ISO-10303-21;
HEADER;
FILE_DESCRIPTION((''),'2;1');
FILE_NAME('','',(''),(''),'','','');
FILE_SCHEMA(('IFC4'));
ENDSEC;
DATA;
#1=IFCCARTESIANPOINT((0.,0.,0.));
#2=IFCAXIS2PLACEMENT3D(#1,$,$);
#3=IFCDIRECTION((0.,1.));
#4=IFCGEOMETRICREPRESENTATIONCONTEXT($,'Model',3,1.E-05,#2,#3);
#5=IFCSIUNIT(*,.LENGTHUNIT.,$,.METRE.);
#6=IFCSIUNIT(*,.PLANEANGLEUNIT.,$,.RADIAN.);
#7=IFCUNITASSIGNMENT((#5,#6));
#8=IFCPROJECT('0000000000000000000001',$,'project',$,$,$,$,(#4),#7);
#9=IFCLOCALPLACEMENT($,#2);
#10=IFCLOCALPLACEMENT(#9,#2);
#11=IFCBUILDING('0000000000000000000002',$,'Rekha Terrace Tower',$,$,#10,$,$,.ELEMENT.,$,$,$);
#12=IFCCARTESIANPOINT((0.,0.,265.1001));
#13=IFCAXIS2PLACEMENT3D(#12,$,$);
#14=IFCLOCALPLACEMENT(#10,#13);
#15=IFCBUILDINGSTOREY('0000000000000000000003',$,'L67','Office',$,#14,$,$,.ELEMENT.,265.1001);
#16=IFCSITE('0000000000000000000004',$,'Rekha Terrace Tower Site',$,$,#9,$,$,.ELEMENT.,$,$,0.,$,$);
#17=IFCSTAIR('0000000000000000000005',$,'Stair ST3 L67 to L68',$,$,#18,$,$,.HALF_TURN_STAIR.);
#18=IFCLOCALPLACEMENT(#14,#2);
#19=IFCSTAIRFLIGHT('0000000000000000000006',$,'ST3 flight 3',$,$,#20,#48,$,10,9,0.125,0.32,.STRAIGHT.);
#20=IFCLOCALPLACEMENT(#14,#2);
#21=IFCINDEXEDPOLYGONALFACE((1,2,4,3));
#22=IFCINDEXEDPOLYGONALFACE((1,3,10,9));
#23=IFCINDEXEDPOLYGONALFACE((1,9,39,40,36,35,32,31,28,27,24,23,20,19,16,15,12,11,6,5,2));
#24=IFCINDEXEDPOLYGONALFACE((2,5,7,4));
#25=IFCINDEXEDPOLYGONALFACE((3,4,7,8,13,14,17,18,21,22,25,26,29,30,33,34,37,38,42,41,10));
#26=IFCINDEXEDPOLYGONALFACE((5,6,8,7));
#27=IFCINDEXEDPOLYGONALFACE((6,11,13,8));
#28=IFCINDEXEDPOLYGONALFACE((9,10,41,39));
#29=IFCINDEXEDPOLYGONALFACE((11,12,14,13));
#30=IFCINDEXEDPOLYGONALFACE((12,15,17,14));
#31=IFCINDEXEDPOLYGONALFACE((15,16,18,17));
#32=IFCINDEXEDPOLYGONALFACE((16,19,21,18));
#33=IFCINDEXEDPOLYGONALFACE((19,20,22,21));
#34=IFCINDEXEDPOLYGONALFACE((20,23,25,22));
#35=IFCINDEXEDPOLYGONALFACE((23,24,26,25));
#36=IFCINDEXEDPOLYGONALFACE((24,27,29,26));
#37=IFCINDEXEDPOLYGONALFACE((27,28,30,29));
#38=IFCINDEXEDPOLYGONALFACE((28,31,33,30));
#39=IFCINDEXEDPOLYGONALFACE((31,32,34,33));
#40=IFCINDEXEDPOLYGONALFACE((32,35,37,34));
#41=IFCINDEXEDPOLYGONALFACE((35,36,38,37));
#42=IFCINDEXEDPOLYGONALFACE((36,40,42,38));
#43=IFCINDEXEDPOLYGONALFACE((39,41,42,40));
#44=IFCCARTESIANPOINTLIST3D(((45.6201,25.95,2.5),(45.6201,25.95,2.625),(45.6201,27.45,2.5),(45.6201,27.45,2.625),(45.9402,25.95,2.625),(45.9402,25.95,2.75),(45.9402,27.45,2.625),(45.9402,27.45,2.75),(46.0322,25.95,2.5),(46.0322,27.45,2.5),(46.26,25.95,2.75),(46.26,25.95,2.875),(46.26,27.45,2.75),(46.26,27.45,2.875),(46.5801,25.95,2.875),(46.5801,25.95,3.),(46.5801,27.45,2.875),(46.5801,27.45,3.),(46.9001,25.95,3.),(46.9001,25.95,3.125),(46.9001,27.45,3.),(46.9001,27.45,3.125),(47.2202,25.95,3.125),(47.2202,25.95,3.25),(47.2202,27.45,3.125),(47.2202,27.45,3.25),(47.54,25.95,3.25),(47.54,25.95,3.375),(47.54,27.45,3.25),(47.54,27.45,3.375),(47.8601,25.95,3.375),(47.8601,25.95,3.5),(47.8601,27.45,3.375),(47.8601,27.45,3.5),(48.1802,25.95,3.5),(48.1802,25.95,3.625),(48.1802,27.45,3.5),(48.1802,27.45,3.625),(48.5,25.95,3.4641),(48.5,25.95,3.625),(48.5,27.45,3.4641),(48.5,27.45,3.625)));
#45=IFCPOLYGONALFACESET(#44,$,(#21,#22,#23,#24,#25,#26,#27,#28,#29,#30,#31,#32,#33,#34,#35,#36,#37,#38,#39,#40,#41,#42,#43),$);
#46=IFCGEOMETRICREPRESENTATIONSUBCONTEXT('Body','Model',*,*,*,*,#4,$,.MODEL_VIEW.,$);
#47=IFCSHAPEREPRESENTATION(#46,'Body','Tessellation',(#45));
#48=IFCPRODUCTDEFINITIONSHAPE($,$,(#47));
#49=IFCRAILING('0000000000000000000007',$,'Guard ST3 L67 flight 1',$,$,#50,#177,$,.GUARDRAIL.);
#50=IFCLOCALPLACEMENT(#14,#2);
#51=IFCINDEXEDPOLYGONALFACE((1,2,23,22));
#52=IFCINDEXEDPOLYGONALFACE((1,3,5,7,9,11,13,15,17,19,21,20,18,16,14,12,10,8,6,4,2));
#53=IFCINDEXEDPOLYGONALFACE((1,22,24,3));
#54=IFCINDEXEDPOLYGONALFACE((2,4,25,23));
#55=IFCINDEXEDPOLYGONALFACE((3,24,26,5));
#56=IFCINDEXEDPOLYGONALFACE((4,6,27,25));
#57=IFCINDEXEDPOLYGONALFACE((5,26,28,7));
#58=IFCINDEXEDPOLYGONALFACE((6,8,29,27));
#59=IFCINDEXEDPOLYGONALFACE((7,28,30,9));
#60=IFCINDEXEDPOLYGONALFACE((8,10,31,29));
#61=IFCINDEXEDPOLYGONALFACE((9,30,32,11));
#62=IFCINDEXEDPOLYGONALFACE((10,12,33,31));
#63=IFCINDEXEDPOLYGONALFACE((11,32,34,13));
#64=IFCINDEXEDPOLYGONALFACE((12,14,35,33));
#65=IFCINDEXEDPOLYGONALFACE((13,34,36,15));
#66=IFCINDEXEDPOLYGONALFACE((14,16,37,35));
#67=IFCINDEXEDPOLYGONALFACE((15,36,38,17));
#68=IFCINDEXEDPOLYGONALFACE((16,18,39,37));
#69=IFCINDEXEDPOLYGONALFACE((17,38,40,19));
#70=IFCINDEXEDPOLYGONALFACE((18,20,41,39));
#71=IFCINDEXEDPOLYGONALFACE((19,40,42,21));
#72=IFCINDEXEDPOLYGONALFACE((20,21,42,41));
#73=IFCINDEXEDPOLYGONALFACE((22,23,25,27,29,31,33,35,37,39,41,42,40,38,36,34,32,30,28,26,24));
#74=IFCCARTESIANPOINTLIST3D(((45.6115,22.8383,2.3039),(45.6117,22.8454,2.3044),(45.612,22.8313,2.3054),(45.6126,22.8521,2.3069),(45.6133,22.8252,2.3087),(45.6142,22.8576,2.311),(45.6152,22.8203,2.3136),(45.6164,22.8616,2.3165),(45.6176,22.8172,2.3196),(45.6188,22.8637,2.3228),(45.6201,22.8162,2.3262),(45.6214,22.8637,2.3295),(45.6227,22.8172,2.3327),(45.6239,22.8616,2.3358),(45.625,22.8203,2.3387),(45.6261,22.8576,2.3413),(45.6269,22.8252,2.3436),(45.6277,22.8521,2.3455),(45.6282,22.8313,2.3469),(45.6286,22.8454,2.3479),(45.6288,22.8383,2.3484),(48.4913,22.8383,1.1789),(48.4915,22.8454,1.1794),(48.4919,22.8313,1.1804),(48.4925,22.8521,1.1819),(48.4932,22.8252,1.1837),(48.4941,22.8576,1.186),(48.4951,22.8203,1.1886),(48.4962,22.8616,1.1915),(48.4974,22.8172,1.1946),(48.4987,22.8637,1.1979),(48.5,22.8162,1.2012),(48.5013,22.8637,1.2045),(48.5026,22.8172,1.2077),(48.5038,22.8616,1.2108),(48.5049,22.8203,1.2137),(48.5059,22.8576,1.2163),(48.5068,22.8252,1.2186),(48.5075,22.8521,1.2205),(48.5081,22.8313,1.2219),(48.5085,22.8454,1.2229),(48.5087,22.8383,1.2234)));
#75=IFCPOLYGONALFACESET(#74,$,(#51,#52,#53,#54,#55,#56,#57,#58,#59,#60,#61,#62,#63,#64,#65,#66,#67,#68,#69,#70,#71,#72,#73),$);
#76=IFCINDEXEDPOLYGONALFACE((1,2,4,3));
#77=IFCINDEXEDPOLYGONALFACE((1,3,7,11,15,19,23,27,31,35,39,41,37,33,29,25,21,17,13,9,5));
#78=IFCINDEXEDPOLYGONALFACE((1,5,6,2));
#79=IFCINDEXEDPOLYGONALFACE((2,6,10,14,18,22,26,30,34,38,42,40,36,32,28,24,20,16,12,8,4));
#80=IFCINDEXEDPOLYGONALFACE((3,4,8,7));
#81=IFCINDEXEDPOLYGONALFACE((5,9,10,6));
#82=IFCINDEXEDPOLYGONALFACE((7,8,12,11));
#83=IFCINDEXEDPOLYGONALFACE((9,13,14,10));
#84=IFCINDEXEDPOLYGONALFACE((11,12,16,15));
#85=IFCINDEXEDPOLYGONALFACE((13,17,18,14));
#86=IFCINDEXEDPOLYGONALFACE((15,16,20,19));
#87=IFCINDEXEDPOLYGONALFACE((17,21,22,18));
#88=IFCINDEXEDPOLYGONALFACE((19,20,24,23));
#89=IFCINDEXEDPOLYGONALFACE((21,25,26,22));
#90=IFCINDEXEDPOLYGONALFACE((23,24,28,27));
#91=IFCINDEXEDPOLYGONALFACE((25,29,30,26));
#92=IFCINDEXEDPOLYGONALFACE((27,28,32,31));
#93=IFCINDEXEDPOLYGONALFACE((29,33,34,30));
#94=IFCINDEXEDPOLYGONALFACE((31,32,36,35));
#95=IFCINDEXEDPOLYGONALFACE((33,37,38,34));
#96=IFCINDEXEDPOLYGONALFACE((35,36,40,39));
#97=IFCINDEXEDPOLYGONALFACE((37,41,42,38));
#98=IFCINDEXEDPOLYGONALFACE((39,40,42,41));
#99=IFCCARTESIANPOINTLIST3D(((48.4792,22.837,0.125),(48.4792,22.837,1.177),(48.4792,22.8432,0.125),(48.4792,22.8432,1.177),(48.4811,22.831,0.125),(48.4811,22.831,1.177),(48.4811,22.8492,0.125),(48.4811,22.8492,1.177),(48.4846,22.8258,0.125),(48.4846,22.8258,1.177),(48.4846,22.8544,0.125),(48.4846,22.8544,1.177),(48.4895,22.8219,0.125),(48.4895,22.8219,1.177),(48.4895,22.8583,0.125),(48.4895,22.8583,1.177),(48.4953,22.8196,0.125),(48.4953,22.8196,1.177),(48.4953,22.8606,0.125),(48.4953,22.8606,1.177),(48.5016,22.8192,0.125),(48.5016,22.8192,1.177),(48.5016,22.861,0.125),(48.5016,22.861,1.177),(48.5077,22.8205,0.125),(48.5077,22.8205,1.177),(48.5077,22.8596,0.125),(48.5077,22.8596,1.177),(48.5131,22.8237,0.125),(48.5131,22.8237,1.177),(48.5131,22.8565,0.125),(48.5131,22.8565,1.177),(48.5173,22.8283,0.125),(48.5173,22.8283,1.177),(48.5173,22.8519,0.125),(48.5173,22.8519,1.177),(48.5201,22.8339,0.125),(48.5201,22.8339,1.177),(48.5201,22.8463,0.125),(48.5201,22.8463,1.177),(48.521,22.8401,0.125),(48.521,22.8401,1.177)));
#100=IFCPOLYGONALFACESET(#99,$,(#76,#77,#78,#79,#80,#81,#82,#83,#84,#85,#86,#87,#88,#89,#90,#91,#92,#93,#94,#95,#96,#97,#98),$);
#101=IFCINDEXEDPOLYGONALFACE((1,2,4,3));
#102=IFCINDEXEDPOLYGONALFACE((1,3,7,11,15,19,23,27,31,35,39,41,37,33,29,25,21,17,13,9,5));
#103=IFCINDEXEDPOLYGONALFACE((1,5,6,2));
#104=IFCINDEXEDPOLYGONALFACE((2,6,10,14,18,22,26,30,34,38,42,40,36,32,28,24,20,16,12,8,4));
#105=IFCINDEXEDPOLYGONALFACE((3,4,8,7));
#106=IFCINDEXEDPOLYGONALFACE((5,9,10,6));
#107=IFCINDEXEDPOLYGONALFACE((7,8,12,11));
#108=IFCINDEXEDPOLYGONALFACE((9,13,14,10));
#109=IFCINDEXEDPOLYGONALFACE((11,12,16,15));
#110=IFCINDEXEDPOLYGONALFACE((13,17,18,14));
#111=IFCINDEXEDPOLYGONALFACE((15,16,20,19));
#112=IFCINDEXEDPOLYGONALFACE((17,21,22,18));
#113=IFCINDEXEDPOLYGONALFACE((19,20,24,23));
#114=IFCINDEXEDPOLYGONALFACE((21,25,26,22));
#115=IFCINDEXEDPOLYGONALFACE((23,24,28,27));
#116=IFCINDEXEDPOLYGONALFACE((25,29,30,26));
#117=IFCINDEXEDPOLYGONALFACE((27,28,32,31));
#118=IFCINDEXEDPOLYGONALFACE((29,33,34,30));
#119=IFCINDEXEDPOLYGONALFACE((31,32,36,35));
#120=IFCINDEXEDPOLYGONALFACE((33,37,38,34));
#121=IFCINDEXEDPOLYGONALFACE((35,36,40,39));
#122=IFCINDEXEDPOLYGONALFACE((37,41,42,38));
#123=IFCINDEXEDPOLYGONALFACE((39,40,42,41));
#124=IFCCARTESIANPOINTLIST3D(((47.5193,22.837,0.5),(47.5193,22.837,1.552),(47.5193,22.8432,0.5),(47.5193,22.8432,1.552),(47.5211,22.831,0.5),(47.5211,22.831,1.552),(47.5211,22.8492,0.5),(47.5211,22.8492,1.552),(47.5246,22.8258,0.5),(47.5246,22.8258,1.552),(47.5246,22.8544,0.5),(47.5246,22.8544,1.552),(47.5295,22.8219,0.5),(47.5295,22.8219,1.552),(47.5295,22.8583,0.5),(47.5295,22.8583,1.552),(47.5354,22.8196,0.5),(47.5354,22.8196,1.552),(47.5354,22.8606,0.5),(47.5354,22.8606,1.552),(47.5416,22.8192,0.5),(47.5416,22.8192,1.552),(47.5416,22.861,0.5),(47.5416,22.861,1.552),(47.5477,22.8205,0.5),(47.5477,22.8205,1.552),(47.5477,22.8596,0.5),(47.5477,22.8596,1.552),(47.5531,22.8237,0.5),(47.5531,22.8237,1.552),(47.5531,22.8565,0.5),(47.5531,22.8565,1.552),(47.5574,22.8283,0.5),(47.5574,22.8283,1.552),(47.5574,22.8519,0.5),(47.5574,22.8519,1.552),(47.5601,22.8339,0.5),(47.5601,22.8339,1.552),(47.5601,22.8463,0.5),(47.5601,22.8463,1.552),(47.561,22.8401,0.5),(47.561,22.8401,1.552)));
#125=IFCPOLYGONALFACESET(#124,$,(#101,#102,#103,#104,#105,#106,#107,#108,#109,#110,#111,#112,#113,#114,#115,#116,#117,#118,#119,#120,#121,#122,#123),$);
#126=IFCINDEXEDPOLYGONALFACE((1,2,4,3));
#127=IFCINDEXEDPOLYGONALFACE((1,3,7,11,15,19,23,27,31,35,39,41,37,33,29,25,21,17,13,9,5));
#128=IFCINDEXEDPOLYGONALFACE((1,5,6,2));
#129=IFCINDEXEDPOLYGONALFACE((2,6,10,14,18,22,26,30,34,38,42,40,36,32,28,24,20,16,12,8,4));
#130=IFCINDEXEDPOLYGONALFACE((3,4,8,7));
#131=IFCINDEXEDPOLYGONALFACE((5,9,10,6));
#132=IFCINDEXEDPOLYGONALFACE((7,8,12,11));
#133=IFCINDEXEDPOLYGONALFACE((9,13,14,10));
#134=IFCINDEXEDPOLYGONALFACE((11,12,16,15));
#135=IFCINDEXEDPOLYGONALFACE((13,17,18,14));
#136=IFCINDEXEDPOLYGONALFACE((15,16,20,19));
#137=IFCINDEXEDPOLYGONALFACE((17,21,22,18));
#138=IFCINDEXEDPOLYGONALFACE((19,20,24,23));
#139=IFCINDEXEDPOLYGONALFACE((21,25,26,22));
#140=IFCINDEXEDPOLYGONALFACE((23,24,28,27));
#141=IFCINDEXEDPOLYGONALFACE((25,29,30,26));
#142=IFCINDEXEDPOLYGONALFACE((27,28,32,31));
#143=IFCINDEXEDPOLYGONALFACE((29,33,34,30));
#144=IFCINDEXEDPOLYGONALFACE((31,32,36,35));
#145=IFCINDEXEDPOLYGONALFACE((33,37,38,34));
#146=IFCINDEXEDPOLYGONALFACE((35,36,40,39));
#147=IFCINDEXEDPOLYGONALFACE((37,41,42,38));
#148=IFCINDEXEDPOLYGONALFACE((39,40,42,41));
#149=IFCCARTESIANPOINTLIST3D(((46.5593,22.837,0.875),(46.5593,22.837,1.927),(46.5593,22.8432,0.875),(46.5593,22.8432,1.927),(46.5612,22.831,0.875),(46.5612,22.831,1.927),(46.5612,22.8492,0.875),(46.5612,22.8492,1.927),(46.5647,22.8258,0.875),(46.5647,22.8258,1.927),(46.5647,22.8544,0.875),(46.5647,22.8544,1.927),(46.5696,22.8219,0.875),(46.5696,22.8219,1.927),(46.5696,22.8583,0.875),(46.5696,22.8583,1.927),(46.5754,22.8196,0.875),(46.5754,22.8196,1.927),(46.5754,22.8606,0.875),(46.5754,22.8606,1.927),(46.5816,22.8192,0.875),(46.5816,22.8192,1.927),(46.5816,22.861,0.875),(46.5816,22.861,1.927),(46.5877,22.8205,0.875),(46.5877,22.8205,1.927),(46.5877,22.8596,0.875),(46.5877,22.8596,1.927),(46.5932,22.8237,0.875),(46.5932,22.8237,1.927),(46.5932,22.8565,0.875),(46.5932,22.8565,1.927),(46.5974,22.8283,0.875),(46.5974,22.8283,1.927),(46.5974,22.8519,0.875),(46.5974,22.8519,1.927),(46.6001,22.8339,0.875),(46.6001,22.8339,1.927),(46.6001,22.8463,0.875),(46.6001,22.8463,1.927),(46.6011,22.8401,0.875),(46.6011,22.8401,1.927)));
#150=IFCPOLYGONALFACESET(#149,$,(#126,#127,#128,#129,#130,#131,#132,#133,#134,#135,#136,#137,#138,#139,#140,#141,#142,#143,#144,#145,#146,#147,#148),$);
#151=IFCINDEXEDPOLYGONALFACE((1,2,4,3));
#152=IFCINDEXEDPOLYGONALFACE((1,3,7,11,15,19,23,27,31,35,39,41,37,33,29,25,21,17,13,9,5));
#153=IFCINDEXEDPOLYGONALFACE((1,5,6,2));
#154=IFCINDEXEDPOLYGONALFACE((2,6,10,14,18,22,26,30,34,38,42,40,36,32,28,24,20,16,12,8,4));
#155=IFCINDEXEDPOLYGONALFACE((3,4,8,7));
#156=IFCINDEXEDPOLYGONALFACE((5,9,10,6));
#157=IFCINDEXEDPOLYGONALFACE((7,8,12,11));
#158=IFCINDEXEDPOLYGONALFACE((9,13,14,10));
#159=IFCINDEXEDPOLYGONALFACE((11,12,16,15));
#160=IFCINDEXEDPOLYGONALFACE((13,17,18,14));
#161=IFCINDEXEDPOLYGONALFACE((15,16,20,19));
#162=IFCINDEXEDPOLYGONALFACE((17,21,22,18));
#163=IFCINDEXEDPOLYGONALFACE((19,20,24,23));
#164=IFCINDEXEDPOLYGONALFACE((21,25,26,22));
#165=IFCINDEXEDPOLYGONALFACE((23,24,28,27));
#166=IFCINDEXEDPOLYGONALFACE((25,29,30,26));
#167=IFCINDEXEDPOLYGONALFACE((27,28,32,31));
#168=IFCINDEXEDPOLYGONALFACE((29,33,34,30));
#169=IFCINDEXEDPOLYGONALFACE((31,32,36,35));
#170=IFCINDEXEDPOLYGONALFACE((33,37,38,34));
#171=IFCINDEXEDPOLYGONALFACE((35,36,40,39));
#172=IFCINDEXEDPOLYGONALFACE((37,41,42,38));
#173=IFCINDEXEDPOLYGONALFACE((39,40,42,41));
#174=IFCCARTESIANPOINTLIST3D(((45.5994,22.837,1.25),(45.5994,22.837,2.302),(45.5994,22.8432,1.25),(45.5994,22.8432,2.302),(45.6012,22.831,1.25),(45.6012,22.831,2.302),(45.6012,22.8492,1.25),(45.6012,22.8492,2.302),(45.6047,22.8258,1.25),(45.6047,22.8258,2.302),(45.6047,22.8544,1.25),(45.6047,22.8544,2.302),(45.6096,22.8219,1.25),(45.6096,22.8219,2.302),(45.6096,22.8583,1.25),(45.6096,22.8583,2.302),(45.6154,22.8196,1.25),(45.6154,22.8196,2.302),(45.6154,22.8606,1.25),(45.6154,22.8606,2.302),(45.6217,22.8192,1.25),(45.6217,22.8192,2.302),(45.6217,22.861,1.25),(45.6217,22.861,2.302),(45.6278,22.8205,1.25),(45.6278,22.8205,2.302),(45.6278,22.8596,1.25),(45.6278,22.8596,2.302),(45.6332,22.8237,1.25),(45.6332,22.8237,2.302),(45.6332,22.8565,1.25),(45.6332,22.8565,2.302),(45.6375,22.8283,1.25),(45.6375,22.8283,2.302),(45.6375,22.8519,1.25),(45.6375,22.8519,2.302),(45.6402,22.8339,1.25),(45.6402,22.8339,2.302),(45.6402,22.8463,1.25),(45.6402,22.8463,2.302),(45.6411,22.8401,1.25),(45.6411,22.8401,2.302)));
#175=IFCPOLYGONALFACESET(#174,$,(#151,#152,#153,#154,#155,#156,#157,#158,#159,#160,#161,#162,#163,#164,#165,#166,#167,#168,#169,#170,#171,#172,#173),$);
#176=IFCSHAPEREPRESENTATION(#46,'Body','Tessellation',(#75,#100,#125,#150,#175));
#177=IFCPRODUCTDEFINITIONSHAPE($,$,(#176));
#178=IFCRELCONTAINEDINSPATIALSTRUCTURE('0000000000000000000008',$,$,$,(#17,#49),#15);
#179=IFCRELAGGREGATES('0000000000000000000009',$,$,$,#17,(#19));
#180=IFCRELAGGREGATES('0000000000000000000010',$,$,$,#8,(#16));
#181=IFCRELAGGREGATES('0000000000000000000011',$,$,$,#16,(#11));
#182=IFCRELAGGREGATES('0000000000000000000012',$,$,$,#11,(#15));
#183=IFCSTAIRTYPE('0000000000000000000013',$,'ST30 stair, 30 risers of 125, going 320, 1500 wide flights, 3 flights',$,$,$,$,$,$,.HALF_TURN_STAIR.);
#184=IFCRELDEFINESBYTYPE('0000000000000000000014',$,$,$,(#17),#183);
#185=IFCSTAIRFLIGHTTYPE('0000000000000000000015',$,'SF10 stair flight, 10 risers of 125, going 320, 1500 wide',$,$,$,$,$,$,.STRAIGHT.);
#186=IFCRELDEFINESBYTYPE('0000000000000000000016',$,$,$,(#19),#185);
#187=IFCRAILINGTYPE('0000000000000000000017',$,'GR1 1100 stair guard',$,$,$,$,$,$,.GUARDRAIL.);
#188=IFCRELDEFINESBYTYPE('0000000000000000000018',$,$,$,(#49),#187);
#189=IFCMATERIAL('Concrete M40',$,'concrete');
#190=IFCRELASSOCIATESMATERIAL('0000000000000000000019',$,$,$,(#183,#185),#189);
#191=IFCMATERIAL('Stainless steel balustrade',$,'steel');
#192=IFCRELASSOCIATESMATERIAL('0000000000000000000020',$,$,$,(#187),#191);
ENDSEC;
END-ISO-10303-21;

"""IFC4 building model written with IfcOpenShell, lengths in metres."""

from ifc_helpers import new_model, si_unit, direction, frame, origin, origin_2d, place, context, subcontext, project, spatial, polyline, circle, outline, extrude, material, type_object, element, aggregate, save


model = new_model("IFC4")

# Units and contexts
model_context = context("Model", 3, precision=1e-05, world=origin(), true_north=direction((0.0, 1.0)))
body_context = subcontext(model_context, "Body", "Model", "MODEL_VIEW")
ifc_project = project(units=[si_unit("LENGTHUNIT", "METRE"), si_unit("PLANEANGLEUNIT", "RADIAN")], contexts=[model_context])

# Site, building, storey
site_placement = place(None, origin())
site = spatial("IfcSite", under=ifc_project, at=site_placement, Name="Rekha Terrace Tower Site", CompositionType="ELEMENT", RefElevation=0.0)
building_placement = place(site_placement, origin())
building = spatial("IfcBuilding", under=site, at=building_placement, Name="Rekha Terrace Tower", CompositionType="ELEMENT")
storey_placement = place(building_placement, frame((0.0, 0.0, 265.1001)))
storey = spatial("IfcBuildingStorey", under=building, at=storey_placement, Name="L67", Description="Office", CompositionType="ELEMENT", Elevation=265.1001)

# Stair, stair flight
ifc_material_1 = material(Name="Concrete M40", Category="concrete")
stair_type = type_object("IfcStairType", Name="ST30 stair, 30 risers of 125, going 320, 1500 wide flights, 3 flights", PredefinedType="HALF_TURN_STAIR", material=ifc_material_1)
stair_placement = place(storey_placement, origin())
stair = element("IfcStair", 1, at=stair_placement, inside=storey, type_object=stair_type, Name="Stair ST3 L67 to L68", PredefinedType="HALF_TURN_STAIR")
stair_flight_type = type_object("IfcStairFlightType", Name="SF10 stair flight, 10 risers of 125, going 320, 1500 wide", PredefinedType="STRAIGHT", material=ifc_material_1)
stair_flight_1_placement = place(storey_placement, frame((45.6201, 26.7, 2.5), z_axis=(0.0, 0.0, 1.0), x_axis=(1.0, 0.0, 0.0)))
stair_flight_1 = element("IfcStairFlight", 2, at=stair_flight_1_placement, type_object=stair_flight_type, Name="ST3 flight 3", NumberOfRisers=10, NumberOfTreads=9, PredefinedType="STRAIGHT", RiserHeight=0.125, TreadLength=0.32, context=body_context, shape_type="SweptSolid", body=[
    extrude(outline(polyline([(0.0, 0.0), (0.0, 0.125), (0.3201, 0.125), (0.3201, 0.25), (0.6399, 0.25), (0.6399, 0.375), (0.96, 0.375), (0.96, 0.5), (1.28, 0.5), (1.28, 0.625), (1.6001, 0.625), (1.6001, 0.75), (1.9199, 0.75), (1.9199, 0.875), (2.24, 0.875), (2.24, 1.0), (2.5601, 1.0), (2.5601, 1.125), (2.8799, 1.125), (2.8799, 1.25), (2.8799, 0.9641), (0.4121, 0.0), (0.0, 0.0)])), frame((0.0, 0.75, 0.0), z_axis=(0.0, -1.0, 0.0), x_axis=(1.0, 0.0, 0.0)), (0.0, 0.0, 1.0), 1.5),
])
aggregate(stair, [stair_flight_1])

# Railing
ifc_material_2 = material(Name="Stainless steel balustrade", Category="steel")
railing_type_1 = type_object("IfcRailingType", Name="GR1 1100 stair guard", PredefinedType="GUARDRAIL", material=ifc_material_2)
railing_1_placement = place(storey_placement, frame((48.5, 22.8401, 0.125)))
element("IfcRailing", 3, at=railing_1_placement, inside=storey, type_object=railing_type_1, Name="Guard ST3 L67 flight 1", PredefinedType="GUARDRAIL", context=body_context, shape_type="SweptSolid", body=[
    extrude(circle(Radius=0.0239, at=origin_2d()), frame((0.0, 0.0, 1.0762), z_axis=(-0.931452, 0.0, 0.363863), x_axis=(0.0, -1.0, 0.0)), (0.0, 0.0, 1.0), 3.0918),
    extrude(circle(Radius=0.021, at=origin_2d()), origin(), (0.0, 0.0, 1.0), 1.052),
    extrude(circle(Radius=0.021, at=origin_2d()), frame((-0.96, 0.0, 0.375)), (0.0, 0.0, 1.0), 1.052),
    extrude(circle(Radius=0.021, at=origin_2d()), frame((-1.9199, 0.0, 0.75)), (0.0, 0.0, 1.0), 1.052),
    extrude(circle(Radius=0.021, at=origin_2d()), frame((-2.8799, 0.0, 1.125)), (0.0, 0.0, 1.0), 1.052),
])

save(model, "model.ifc")
